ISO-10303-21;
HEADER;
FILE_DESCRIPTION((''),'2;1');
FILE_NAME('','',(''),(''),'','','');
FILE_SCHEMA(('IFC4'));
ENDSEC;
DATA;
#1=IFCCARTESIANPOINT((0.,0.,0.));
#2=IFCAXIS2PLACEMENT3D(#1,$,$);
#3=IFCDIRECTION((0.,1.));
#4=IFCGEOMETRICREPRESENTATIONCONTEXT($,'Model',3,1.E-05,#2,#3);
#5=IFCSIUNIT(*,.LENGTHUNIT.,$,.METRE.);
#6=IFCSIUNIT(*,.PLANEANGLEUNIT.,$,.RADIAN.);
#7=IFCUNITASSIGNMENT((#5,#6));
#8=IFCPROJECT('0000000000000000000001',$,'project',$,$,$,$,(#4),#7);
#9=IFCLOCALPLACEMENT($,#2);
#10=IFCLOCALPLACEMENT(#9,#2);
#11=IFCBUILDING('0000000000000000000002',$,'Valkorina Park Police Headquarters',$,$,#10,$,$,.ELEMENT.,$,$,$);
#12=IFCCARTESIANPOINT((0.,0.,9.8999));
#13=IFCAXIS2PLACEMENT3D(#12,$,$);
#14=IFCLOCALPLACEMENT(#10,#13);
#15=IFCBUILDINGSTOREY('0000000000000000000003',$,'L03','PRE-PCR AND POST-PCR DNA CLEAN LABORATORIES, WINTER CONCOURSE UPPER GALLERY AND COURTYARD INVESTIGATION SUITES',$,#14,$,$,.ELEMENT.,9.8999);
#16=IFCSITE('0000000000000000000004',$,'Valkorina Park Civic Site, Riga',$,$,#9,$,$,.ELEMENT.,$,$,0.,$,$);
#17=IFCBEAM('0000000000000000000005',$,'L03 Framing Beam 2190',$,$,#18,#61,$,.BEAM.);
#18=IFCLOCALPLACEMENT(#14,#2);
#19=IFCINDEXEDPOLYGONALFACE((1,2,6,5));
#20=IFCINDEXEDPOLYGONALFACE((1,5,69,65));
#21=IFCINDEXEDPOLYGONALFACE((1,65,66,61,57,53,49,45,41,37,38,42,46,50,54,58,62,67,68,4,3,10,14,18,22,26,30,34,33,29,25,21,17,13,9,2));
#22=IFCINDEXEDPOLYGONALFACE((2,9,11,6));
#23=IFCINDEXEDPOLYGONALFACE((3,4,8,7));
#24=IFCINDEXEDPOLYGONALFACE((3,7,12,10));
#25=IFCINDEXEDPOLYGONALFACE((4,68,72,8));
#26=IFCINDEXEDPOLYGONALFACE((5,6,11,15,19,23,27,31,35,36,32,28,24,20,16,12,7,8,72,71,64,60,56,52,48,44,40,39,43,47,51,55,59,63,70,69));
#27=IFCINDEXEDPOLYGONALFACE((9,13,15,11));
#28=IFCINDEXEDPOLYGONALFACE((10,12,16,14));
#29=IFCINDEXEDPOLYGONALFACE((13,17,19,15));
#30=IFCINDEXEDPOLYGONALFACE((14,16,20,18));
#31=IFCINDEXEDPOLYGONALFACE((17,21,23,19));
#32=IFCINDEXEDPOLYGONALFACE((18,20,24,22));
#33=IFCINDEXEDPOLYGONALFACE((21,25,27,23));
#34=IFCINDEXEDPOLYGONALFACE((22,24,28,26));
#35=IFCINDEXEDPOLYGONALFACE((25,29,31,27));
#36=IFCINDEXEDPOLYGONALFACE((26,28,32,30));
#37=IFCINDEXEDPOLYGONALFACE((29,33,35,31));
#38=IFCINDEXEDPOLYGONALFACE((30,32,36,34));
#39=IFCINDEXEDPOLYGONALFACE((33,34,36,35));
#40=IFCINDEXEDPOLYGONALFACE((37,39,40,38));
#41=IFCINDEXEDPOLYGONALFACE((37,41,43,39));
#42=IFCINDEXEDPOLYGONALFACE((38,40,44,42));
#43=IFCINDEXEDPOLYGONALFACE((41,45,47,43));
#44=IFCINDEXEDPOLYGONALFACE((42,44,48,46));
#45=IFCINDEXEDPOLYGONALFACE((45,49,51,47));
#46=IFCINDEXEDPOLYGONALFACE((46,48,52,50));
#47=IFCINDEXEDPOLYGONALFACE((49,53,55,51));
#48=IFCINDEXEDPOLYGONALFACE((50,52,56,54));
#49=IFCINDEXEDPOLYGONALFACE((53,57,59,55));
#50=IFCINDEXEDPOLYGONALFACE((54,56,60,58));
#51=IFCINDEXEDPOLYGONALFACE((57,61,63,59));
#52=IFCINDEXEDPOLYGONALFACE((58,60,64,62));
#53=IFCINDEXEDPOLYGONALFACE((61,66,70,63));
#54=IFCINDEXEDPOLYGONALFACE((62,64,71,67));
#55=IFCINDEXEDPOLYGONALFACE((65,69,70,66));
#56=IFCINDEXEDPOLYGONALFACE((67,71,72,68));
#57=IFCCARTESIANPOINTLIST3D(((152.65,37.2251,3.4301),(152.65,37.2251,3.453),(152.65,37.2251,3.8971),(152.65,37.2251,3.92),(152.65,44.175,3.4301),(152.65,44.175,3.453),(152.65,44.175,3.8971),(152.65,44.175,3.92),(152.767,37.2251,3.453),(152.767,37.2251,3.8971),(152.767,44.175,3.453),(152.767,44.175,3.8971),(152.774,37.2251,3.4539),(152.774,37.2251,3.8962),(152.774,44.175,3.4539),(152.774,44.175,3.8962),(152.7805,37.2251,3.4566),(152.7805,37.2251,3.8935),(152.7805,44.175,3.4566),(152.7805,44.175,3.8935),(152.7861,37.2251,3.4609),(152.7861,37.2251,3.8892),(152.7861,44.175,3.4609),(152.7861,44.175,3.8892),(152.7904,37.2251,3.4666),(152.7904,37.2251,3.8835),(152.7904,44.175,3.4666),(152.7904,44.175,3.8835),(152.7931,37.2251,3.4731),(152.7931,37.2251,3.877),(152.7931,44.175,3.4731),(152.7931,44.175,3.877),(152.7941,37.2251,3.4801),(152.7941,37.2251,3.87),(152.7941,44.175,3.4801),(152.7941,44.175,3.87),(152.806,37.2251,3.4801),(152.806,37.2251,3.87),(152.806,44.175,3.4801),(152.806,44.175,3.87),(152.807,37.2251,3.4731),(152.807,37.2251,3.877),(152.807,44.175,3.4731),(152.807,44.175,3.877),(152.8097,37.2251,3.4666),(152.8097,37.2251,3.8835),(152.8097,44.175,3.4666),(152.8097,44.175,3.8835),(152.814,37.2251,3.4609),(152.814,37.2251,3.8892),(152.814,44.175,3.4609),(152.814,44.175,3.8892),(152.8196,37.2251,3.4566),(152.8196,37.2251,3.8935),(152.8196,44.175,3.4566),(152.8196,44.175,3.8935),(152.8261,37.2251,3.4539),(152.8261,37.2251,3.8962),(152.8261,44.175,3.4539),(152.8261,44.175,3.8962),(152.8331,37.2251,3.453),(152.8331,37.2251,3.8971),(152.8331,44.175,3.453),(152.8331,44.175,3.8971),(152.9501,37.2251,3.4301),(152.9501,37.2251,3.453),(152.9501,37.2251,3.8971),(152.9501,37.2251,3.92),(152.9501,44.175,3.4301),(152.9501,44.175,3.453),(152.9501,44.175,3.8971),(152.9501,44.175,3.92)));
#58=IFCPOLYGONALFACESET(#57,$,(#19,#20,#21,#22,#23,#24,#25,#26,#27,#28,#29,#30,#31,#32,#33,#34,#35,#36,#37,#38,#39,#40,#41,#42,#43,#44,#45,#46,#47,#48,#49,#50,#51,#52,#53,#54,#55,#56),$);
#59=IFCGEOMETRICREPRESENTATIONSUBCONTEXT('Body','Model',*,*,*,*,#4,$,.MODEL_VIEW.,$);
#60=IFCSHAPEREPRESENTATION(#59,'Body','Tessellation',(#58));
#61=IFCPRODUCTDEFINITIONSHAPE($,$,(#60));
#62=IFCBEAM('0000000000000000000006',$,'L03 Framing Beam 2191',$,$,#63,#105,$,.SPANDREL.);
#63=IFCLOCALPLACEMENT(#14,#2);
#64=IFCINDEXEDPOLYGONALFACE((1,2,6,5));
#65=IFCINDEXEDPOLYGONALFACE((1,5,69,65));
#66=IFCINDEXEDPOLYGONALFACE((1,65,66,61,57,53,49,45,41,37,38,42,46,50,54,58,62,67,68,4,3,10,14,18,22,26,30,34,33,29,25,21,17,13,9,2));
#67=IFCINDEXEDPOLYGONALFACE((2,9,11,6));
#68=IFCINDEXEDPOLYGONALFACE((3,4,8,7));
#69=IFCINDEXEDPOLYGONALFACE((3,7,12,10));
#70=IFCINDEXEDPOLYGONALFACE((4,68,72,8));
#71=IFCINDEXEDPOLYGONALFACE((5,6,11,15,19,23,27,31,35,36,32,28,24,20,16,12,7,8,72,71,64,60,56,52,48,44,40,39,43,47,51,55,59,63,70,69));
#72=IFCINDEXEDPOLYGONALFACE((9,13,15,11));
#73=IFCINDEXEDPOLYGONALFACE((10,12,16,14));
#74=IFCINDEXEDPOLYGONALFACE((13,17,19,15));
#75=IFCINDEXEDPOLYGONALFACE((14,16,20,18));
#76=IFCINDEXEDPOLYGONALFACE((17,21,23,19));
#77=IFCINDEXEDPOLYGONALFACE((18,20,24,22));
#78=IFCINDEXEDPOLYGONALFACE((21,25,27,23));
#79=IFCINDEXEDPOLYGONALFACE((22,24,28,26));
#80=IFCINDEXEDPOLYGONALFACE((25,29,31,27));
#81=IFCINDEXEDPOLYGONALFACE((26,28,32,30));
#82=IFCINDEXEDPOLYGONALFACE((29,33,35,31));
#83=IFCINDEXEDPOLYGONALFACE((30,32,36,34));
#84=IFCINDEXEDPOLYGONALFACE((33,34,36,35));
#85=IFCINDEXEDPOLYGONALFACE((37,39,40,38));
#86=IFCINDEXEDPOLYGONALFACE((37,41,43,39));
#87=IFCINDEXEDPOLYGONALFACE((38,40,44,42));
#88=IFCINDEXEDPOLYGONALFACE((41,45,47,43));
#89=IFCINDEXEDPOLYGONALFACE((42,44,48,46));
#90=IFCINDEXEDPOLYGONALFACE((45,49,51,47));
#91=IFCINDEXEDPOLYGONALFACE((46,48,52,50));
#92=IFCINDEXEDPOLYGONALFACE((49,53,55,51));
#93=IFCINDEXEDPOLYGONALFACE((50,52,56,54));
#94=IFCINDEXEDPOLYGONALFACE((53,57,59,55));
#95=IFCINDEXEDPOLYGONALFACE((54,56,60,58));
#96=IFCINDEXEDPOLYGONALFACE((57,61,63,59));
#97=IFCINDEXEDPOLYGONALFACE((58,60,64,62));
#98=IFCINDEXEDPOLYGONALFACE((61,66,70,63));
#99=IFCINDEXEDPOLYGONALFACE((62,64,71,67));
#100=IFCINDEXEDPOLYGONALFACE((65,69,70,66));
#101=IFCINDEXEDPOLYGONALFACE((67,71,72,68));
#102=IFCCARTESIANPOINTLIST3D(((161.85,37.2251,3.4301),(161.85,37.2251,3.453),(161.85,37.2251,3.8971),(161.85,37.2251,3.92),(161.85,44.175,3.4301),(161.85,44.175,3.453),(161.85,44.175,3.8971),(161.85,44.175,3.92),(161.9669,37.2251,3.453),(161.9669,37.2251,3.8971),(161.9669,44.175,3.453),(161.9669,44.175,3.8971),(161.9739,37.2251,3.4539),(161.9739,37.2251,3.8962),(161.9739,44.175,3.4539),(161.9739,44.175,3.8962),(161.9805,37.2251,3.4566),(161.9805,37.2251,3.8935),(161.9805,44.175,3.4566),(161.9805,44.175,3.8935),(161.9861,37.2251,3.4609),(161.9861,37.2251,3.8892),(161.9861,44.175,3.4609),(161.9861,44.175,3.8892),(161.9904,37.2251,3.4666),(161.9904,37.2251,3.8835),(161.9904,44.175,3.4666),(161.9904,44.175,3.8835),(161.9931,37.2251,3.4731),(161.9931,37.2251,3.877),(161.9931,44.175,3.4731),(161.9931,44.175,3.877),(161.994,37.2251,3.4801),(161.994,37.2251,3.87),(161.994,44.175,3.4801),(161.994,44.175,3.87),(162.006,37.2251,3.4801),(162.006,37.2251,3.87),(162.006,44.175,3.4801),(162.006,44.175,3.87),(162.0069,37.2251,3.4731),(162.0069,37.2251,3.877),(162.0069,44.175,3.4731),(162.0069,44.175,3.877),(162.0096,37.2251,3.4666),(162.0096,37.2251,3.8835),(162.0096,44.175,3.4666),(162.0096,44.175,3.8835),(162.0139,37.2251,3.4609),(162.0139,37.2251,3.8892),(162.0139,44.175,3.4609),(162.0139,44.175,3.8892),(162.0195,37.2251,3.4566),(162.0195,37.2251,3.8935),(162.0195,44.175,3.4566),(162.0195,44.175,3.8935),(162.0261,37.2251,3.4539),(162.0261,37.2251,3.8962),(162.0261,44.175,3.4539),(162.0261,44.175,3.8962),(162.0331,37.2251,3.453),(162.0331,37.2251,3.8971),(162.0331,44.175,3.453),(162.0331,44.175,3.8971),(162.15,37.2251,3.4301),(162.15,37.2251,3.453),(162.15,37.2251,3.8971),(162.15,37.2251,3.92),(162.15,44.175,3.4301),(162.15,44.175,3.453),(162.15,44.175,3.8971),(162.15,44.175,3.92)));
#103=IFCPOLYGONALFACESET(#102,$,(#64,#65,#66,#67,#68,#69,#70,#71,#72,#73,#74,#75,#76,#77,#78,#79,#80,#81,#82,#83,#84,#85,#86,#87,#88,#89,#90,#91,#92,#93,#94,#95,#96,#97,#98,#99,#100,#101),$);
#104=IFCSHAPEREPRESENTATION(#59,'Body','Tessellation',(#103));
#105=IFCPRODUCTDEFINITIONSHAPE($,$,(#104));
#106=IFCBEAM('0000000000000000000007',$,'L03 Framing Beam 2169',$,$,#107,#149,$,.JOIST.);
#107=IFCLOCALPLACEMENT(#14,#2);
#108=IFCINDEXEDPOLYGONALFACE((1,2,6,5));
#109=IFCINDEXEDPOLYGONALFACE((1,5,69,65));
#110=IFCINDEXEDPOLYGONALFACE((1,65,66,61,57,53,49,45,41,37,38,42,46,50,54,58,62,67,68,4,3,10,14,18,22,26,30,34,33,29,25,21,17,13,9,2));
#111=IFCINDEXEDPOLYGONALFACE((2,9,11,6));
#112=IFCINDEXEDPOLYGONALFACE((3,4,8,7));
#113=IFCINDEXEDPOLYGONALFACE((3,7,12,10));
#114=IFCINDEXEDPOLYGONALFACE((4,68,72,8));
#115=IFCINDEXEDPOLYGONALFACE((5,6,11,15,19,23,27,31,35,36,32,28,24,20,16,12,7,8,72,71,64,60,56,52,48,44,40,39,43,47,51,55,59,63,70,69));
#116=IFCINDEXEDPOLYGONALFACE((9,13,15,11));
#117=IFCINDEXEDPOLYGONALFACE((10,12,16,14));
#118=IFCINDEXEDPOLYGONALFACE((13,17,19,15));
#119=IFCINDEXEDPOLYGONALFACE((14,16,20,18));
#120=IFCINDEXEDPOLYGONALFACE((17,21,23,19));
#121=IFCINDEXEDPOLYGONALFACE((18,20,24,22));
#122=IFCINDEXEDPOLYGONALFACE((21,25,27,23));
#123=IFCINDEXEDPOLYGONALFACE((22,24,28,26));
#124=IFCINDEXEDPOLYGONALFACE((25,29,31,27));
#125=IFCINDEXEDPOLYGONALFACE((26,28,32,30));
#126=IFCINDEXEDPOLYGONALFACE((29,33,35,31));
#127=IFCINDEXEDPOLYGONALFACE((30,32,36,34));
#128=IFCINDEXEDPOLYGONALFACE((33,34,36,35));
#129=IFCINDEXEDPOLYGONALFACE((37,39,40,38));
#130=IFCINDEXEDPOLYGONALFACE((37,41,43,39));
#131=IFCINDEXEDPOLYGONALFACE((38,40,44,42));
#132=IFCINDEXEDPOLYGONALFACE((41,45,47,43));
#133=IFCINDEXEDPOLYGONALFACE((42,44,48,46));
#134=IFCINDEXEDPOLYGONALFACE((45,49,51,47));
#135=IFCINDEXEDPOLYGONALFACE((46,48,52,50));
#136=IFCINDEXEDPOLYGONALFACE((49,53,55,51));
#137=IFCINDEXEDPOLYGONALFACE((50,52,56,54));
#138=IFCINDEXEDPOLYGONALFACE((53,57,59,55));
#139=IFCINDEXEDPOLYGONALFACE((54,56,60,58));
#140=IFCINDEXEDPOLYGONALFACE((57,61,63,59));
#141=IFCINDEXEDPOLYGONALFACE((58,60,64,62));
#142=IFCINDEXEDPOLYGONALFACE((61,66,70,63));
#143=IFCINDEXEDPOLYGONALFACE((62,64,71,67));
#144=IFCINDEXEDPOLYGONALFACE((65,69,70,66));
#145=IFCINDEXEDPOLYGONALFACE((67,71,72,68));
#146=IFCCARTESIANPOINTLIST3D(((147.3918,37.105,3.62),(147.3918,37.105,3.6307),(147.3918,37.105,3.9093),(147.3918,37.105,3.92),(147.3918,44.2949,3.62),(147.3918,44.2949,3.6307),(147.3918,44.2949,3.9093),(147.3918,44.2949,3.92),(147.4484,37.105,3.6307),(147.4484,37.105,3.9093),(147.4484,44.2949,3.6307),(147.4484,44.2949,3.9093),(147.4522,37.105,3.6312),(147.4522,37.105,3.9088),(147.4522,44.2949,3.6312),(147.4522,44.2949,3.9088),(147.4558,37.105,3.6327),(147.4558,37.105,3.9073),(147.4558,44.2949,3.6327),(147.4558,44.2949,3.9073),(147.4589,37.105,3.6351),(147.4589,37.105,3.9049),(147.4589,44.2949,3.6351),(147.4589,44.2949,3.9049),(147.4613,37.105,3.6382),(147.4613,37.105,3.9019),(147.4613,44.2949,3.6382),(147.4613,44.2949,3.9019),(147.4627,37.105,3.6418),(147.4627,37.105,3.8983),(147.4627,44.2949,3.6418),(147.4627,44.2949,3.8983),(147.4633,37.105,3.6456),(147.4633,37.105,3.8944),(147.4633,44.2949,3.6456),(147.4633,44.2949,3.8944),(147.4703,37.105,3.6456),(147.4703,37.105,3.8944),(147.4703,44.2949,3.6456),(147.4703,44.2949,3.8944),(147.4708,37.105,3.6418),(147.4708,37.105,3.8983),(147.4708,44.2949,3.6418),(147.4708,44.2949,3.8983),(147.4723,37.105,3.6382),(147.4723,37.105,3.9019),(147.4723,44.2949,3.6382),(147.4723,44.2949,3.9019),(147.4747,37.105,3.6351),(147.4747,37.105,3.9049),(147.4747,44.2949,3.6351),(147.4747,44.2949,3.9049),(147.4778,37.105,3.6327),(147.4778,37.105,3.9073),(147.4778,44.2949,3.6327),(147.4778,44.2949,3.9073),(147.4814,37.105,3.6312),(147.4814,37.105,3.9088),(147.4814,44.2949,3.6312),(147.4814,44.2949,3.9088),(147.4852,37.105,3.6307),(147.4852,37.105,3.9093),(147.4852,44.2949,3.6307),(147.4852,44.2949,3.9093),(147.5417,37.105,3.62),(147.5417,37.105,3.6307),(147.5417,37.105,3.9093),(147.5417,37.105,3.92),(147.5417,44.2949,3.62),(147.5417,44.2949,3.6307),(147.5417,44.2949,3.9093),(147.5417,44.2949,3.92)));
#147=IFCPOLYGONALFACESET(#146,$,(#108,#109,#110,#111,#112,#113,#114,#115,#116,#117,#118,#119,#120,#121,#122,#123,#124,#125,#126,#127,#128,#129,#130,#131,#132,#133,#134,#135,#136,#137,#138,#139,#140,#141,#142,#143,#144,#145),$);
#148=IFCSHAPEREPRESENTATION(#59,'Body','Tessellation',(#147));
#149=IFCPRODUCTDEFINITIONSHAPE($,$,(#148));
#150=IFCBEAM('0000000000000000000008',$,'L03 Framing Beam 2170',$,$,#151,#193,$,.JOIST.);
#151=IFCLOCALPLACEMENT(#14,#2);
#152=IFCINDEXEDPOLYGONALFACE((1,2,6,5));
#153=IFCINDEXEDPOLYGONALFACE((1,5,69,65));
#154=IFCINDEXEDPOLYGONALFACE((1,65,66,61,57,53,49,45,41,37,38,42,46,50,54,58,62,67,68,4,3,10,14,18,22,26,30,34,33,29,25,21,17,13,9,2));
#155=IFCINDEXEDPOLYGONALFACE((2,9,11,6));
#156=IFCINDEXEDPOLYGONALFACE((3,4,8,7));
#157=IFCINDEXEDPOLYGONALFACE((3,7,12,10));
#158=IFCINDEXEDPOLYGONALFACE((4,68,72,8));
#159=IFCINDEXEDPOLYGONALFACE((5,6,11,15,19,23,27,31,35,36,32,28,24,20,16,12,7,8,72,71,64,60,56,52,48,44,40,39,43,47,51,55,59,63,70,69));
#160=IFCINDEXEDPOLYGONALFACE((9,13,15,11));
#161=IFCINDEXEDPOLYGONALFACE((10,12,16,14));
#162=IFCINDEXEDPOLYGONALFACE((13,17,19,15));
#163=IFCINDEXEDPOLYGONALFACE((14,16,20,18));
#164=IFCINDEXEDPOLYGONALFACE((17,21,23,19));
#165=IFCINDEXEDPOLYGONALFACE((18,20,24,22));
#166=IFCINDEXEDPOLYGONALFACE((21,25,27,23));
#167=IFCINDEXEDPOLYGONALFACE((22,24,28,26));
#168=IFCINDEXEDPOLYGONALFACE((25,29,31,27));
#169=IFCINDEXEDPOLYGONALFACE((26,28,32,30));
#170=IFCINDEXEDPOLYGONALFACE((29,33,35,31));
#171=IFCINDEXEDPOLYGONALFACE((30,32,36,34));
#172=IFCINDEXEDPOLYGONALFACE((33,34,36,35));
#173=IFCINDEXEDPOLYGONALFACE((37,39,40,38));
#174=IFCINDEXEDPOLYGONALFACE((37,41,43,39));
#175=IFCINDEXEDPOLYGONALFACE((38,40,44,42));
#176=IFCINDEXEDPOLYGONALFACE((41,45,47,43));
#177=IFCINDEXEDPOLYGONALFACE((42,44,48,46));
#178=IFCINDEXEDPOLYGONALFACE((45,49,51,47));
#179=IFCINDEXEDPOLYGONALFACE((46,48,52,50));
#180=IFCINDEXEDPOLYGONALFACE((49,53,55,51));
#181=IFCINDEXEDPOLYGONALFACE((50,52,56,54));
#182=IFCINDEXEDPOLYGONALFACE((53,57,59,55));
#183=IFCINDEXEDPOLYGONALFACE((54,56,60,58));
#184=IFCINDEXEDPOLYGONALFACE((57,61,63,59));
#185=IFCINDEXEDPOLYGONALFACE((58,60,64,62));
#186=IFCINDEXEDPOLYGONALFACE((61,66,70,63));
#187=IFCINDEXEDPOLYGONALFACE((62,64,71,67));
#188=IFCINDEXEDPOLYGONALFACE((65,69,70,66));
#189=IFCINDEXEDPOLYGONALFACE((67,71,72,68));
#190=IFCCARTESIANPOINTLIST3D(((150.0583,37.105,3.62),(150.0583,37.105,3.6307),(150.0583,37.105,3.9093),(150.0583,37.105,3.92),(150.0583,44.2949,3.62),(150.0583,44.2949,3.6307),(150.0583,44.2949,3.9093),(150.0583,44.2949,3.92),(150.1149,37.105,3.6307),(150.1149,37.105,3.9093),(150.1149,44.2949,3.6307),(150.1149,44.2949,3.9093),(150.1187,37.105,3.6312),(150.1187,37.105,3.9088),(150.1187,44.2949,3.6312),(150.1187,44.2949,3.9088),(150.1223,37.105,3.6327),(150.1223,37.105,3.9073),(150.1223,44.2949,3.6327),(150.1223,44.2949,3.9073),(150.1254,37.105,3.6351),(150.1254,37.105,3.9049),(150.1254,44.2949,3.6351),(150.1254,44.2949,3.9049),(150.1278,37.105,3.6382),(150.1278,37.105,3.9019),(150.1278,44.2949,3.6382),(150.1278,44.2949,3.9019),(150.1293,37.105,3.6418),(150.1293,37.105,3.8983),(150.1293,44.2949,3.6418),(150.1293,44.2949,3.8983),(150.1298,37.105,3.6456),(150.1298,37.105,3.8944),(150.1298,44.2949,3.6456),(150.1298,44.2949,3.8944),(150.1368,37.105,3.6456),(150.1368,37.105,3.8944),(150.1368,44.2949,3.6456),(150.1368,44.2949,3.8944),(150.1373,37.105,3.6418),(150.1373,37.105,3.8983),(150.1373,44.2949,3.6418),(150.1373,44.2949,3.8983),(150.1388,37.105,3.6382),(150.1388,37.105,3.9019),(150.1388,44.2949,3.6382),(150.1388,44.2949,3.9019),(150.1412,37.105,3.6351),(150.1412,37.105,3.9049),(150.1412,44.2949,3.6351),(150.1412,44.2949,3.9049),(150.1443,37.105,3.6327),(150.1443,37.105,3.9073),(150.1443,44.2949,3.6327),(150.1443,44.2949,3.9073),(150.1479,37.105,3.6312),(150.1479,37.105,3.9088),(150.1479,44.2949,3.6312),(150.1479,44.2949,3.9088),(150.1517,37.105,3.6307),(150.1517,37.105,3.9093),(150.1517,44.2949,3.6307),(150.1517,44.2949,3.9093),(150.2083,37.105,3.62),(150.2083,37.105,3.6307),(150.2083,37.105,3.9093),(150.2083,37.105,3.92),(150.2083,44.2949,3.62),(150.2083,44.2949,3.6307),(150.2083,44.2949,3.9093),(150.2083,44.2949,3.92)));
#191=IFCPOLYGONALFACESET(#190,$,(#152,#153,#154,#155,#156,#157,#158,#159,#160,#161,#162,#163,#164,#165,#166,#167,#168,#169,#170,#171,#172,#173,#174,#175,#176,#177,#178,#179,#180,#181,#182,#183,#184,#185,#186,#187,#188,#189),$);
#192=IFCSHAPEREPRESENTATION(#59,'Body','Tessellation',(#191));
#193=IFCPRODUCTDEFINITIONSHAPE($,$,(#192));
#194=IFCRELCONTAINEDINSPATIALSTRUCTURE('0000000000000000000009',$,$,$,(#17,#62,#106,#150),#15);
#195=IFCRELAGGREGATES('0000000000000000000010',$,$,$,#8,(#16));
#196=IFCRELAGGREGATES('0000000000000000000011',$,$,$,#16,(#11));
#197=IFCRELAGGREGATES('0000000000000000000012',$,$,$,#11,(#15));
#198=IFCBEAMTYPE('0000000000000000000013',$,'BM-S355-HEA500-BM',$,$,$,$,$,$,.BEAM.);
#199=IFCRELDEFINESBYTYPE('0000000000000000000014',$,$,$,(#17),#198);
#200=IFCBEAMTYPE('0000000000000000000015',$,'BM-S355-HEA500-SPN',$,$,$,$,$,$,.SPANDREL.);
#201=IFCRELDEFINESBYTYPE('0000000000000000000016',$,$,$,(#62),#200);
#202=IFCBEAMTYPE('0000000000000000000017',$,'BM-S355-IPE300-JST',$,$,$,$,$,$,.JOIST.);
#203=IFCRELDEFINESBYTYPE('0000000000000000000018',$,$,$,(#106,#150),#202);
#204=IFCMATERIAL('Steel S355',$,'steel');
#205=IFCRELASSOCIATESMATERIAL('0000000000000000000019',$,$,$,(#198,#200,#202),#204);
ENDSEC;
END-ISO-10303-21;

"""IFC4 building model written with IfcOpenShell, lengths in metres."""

from ifc_helpers import new_model, si_unit, direction, frame, origin, origin_2d, place, context, subcontext, project, spatial, i_section, extrude, material, material_profile, profile_set, type_object, element, save


model = new_model("IFC4")

# Units and contexts
model_context = context("Model", 3, precision=1e-05, world=origin(), true_north=direction((0.0, 1.0)))
body_context = subcontext(model_context, "Body", "Model", "MODEL_VIEW")
ifc_project = project(units=[si_unit("LENGTHUNIT", "METRE"), si_unit("PLANEANGLEUNIT", "RADIAN")], contexts=[model_context])

# Site, building, storey
site_placement = place(None, origin())
site = spatial("IfcSite", under=ifc_project, at=site_placement, Name="Valkorina Park Civic Site, Riga", CompositionType="ELEMENT", RefElevation=0.0)
building_placement = place(site_placement, origin())
building = spatial("IfcBuilding", under=site, at=building_placement, Name="Valkorina Park Police Headquarters", CompositionType="ELEMENT")
storey_placement = place(building_placement, frame((0.0, 0.0, 9.8999)))
storey = spatial("IfcBuildingStorey", under=building, at=storey_placement, Name="L03", Description="PRE-PCR AND POST-PCR DNA CLEAN LABORATORIES, WINTER CONCOURSE UPPER GALLERY AND COURTYARD INVESTIGATION SUITES", CompositionType="ELEMENT", Elevation=9.8999)

# Shared definitions
ifc_material_1 = material(Name="Steel S355", Category="steel")

# Beams
ifc_material_profile_1 = material_profile(ifc_material_1, i_section(OverallWidth=0.3, OverallDepth=0.49, WebThickness=0.012, FlangeThickness=0.0229, FilletRadius=0.0271, at=origin_2d()), Name="HEA 500")
ifc_profile_set_1 = profile_set([ifc_material_profile_1], Name="Steel S355")
beam_type_1 = type_object("IfcBeamType", Name="BM-S355-HEA500-BM", PredefinedType="BEAM", material=ifc_profile_set_1)
for number, where, z_axis, x_axis, name in (
    (1, (152.8, 37.2251, 3.675), (0.0, 1.0, 0.0), (-1.0, 0.0, 0.0), "L03 Framing Beam 2190"),
):
    element("IfcBeam", number, at=place(storey_placement, frame(where, z_axis=z_axis, x_axis=x_axis)), inside=storey, type_object=beam_type_1, Name=name, PredefinedType="BEAM", context=body_context, shape_type="SweptSolid", body=[
        extrude(i_section(OverallWidth=0.3, OverallDepth=0.49, WebThickness=0.012, FlangeThickness=0.0229, FilletRadius=0.0271, at=origin_2d()), origin(), (0.0, 0.0, 1.0), 6.95),
    ])
ifc_material_profile_2 = material_profile(ifc_material_1, i_section(OverallWidth=0.3, OverallDepth=0.49, WebThickness=0.012, FlangeThickness=0.0229, FilletRadius=0.0271, at=origin_2d()), Name="HEA 500")
ifc_profile_set_2 = profile_set([ifc_material_profile_2], Name="Steel S355")
beam_type_2 = type_object("IfcBeamType", Name="BM-S355-HEA500-SPN", PredefinedType="SPANDREL", material=ifc_profile_set_2)
beam_1_placement = place(storey_placement, frame((162.0, 37.2251, 3.675), z_axis=(0.0, 1.0, 0.0), x_axis=(-1.0, 0.0, 0.0)))
element("IfcBeam", 2, at=beam_1_placement, inside=storey, type_object=beam_type_2, Name="L03 Framing Beam 2191", PredefinedType="SPANDREL", context=body_context, shape_type="SweptSolid", body=[
    extrude(i_section(OverallWidth=0.3, OverallDepth=0.49, WebThickness=0.012, FlangeThickness=0.0229, FilletRadius=0.0271, at=origin_2d()), origin(), (0.0, 0.0, 1.0), 6.95),
])
ifc_material_profile_3 = material_profile(ifc_material_1, i_section(OverallWidth=0.1499, OverallDepth=0.3, WebThickness=0.0071, FlangeThickness=0.0107, FilletRadius=0.0149, at=origin_2d()), Name="IPE 300")
ifc_profile_set_3 = profile_set([ifc_material_profile_3], Name="Steel S355")
beam_type_3 = type_object("IfcBeamType", Name="BM-S355-IPE300-JST", PredefinedType="JOIST", material=ifc_profile_set_3)
for number, where, z_axis, x_axis, name in (
    (3, (147.4668, 37.105, 3.77), (0.0, 1.0, 0.0), (-1.0, 0.0, 0.0), "L03 Framing Beam 2169"),
    (4, (150.1333, 37.105, 3.77), (0.0, 1.0, 0.0), (-1.0, 0.0, 0.0), "L03 Framing Beam 2170"),
):
    element("IfcBeam", number, at=place(storey_placement, frame(where, z_axis=z_axis, x_axis=x_axis)), inside=storey, type_object=beam_type_3, Name=name, PredefinedType="JOIST", context=body_context, shape_type="SweptSolid", body=[
        extrude(i_section(OverallWidth=0.1499, OverallDepth=0.3, WebThickness=0.0071, FlangeThickness=0.0107, FilletRadius=0.0149, at=origin_2d()), origin(), (0.0, 0.0, 1.0), 7.1899),
    ])

save(model, "model.ifc")
